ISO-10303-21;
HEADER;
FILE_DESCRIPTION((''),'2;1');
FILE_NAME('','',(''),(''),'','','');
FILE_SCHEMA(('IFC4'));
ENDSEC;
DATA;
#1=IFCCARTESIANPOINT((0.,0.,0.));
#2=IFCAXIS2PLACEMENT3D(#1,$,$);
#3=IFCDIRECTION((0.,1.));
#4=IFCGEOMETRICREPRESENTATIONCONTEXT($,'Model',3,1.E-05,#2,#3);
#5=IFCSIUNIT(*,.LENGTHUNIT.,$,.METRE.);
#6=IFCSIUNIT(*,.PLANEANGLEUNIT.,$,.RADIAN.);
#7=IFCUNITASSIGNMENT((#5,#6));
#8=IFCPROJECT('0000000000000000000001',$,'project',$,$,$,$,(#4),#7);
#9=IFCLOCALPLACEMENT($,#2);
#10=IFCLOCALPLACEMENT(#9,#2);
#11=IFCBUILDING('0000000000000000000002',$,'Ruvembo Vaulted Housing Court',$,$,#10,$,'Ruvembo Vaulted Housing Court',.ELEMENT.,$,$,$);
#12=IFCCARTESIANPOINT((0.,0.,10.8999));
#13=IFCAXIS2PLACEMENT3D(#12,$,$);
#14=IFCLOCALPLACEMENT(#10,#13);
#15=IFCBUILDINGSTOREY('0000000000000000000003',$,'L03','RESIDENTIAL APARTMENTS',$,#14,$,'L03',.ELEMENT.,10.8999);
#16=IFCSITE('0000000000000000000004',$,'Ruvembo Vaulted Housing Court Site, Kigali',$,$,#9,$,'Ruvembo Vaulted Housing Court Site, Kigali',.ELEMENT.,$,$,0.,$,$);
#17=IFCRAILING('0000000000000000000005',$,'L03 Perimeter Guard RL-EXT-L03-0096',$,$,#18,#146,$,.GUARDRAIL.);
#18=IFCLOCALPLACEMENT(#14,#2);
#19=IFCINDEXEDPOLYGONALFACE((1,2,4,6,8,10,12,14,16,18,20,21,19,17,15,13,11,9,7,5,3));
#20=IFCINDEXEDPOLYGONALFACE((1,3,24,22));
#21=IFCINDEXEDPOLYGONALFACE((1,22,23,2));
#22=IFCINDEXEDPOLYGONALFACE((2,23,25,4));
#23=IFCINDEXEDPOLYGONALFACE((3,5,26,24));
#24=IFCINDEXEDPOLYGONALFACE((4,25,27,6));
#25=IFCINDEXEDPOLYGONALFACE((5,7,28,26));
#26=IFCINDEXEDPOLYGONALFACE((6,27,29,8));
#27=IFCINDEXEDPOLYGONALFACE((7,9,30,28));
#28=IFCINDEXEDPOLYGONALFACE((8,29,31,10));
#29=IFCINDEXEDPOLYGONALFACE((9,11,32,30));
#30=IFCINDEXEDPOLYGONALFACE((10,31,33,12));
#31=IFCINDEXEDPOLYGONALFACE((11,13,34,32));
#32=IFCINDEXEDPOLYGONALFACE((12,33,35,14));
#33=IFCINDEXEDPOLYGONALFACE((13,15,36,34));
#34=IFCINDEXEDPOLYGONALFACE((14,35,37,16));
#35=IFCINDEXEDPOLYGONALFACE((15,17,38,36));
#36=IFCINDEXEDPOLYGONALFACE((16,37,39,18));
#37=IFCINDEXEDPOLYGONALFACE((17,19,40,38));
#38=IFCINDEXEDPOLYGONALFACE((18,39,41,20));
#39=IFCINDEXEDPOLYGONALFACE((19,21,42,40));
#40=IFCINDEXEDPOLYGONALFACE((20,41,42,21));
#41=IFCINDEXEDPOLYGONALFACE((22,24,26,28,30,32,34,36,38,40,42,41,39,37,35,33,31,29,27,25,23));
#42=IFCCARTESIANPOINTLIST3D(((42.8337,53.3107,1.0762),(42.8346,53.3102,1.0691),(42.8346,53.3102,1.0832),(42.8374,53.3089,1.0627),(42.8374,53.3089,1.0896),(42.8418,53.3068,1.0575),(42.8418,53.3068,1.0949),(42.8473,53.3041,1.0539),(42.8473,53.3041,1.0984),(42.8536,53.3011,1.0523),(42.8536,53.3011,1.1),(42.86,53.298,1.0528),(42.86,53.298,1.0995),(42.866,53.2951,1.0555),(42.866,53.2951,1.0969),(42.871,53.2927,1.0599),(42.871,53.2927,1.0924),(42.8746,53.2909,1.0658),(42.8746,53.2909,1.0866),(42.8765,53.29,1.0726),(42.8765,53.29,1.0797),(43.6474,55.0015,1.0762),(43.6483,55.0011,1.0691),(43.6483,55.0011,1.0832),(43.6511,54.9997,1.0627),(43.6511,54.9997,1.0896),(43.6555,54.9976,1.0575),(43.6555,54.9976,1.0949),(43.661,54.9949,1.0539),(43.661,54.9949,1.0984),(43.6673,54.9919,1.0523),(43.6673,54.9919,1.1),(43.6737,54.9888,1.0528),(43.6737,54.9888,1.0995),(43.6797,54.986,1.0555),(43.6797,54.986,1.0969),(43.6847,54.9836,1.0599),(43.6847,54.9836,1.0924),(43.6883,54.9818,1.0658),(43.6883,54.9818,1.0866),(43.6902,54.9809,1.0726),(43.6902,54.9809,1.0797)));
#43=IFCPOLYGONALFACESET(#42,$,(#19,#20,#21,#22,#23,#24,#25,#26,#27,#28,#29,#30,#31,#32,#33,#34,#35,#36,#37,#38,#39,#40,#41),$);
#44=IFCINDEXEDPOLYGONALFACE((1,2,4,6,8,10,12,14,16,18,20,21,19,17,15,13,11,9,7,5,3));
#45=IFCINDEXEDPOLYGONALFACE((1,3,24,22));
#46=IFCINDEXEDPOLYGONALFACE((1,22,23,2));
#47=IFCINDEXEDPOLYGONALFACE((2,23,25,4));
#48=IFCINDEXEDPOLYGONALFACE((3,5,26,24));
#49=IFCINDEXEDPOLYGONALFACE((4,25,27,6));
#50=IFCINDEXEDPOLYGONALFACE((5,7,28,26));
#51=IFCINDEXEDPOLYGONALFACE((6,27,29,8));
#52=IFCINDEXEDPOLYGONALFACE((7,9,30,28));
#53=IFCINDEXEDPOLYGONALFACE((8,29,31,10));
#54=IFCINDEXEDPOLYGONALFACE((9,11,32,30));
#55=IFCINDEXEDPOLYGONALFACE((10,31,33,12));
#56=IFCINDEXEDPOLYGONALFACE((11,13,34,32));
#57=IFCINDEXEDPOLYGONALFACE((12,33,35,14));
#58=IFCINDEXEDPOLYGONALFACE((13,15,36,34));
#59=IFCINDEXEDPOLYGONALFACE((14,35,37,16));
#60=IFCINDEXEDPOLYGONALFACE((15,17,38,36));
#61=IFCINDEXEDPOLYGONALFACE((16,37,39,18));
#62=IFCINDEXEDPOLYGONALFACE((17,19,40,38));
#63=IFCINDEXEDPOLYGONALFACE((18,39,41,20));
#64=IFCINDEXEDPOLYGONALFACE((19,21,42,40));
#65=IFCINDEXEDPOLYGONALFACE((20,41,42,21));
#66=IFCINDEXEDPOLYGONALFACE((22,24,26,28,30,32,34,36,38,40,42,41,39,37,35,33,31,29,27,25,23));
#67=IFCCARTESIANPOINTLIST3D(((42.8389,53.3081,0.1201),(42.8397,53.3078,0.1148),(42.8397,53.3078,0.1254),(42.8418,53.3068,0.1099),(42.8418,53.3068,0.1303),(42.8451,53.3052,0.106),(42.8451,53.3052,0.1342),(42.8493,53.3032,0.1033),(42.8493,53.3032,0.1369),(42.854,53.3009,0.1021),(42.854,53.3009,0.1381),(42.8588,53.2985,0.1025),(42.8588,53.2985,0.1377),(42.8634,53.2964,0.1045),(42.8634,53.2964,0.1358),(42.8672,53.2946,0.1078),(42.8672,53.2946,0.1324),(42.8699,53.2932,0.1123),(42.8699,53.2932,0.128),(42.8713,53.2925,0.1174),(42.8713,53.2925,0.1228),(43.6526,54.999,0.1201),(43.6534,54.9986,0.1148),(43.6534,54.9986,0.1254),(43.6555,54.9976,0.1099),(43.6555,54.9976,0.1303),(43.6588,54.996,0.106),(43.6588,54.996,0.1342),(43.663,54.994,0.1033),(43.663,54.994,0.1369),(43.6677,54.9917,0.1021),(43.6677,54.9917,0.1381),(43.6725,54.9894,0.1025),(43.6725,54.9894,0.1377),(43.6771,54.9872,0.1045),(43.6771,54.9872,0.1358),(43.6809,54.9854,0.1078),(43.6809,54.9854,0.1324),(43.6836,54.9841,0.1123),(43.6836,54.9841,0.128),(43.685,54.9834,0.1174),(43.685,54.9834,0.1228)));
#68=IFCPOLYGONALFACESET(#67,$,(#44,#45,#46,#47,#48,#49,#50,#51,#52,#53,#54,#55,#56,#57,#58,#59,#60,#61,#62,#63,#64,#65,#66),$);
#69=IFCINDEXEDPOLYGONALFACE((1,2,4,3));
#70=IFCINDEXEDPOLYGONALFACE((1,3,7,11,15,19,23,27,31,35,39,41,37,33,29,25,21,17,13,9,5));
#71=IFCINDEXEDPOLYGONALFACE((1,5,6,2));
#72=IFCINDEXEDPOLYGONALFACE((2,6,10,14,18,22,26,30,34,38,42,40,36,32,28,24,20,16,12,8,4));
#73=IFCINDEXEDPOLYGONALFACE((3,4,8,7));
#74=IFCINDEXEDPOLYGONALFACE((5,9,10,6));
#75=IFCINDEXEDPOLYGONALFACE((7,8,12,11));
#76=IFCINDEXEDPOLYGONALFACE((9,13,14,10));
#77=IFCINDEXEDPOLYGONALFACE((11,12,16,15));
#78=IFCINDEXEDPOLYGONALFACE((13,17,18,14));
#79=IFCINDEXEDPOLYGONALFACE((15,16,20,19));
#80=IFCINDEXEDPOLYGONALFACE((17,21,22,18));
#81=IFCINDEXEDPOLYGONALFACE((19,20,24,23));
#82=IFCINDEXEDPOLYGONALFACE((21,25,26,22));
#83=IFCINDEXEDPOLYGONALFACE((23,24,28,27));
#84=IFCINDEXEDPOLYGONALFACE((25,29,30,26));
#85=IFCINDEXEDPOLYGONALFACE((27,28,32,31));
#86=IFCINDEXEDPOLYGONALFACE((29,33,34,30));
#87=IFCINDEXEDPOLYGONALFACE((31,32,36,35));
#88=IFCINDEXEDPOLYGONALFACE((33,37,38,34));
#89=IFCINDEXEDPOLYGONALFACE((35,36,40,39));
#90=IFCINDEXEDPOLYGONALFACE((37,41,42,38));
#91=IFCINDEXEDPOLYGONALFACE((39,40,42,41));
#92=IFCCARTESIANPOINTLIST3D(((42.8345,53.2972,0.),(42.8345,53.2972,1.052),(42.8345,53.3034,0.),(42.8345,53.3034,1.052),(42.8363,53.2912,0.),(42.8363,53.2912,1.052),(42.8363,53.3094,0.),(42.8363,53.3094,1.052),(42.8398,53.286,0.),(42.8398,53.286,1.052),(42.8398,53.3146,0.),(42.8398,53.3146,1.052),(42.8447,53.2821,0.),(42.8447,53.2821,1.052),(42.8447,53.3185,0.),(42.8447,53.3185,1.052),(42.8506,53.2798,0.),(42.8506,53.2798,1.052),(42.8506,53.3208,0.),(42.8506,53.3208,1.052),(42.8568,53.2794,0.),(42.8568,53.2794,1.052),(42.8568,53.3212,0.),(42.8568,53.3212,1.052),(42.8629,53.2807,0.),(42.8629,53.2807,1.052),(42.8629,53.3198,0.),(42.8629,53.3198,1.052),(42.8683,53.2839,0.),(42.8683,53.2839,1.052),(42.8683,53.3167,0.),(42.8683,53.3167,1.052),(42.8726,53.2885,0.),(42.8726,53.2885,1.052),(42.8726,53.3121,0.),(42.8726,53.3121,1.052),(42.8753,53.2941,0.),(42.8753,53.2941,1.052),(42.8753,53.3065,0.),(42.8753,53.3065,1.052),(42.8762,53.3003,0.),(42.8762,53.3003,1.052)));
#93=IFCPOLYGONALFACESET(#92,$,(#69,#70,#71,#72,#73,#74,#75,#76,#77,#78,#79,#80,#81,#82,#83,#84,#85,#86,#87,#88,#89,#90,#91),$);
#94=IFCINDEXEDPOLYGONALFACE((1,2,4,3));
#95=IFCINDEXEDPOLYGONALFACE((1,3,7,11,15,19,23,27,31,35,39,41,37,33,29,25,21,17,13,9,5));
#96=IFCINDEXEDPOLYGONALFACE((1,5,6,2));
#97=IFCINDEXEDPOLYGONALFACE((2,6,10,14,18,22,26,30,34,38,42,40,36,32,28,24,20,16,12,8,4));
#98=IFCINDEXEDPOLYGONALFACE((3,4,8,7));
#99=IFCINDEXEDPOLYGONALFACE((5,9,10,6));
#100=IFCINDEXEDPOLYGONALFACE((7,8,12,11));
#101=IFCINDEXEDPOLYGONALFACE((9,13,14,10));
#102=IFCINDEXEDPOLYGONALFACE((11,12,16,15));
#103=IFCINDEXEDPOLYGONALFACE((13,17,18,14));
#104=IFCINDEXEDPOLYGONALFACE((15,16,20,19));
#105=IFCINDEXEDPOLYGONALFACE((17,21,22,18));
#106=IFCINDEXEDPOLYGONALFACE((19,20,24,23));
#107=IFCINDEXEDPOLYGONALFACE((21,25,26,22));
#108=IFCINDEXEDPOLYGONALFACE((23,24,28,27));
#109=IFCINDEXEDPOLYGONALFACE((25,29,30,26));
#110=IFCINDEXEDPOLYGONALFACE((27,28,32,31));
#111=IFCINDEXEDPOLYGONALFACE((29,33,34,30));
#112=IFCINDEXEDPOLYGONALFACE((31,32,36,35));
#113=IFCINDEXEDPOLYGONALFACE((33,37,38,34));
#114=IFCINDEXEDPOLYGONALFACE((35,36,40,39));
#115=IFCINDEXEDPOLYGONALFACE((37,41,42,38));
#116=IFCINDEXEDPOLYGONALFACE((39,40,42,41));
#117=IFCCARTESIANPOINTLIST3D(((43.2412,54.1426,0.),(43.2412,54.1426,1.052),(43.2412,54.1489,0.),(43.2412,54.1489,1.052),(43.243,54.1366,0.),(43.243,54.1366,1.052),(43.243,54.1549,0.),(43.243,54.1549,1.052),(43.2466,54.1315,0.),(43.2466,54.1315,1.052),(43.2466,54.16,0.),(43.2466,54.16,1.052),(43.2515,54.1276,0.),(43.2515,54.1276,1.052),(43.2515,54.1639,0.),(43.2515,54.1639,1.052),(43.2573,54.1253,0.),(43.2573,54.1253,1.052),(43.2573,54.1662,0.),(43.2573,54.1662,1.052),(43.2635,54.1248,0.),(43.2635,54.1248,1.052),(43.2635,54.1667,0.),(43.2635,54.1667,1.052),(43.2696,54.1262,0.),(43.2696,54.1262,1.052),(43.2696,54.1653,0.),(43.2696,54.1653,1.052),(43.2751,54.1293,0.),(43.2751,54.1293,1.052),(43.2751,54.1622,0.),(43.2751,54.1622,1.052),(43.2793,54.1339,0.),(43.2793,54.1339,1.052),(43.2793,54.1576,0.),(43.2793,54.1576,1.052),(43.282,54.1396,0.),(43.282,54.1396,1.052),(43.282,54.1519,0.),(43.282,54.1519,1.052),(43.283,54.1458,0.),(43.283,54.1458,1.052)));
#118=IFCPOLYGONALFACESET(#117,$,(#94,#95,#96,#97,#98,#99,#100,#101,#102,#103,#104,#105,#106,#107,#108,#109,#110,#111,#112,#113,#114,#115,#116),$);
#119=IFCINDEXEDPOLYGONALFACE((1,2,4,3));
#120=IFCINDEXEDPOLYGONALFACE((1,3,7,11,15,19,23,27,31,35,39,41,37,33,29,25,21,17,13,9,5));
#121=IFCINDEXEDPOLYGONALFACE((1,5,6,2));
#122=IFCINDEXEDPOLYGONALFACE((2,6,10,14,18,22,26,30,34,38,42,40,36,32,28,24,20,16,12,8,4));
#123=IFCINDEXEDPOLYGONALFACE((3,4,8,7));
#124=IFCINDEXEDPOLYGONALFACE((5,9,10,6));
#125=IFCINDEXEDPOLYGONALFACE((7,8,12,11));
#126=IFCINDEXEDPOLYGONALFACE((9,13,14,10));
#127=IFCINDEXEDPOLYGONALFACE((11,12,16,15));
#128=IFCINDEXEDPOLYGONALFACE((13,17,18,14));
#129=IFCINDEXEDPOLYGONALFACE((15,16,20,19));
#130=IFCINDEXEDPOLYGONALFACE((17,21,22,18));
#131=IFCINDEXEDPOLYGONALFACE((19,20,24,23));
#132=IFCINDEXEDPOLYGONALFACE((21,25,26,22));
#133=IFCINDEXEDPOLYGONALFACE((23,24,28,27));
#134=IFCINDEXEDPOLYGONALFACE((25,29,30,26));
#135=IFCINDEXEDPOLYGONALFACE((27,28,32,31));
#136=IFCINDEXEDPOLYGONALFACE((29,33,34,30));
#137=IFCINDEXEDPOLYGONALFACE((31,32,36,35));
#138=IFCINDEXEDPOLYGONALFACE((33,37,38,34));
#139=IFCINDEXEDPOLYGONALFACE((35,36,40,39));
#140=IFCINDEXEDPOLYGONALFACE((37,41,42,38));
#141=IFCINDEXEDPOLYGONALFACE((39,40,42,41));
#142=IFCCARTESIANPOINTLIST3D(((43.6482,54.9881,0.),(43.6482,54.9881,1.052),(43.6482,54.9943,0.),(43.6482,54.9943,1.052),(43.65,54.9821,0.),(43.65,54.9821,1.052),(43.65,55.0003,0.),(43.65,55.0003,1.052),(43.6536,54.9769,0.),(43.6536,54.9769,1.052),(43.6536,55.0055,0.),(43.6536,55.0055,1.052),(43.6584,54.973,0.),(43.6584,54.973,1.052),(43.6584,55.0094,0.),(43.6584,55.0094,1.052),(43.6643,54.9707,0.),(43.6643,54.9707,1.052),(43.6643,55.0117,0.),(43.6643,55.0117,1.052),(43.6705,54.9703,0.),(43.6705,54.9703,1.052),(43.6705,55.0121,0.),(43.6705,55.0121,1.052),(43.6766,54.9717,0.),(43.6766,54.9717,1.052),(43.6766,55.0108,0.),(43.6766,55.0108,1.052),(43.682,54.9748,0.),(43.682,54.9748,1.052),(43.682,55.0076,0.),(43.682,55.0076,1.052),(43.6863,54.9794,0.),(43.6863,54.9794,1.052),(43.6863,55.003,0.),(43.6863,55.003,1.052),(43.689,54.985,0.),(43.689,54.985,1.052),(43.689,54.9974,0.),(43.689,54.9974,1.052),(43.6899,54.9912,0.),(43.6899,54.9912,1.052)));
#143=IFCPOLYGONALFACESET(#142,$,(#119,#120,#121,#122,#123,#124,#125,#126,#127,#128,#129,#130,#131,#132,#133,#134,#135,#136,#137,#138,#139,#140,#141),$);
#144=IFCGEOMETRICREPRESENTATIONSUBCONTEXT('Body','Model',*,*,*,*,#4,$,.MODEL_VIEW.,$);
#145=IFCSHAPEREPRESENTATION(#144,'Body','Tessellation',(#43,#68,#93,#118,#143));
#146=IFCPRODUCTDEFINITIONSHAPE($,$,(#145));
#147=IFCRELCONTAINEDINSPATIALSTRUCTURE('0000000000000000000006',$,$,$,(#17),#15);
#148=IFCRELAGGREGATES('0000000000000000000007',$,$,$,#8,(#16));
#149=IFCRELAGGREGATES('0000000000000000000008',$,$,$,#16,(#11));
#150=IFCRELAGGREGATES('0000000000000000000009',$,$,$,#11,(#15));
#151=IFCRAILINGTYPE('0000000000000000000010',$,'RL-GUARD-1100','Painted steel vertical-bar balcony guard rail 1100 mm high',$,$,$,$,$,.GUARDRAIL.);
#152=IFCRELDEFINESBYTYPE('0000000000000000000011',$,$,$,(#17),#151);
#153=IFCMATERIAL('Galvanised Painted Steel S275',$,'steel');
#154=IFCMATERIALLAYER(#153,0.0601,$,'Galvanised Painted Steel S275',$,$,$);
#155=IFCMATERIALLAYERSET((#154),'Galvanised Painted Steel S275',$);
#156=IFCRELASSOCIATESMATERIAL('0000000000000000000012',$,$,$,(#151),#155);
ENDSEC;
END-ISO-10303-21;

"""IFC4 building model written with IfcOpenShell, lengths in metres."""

from ifc_helpers import new_model, si_unit, direction, frame, origin, origin_2d, place, context, subcontext, project, spatial, circle, extrude, material, layer, layer_set, type_object, element, save


model = new_model("IFC4")

# Units and contexts
model_context = context("Model", 3, precision=1e-05, world=origin(), true_north=direction((0.0, 1.0)))
body_context = subcontext(model_context, "Body", "Model", "MODEL_VIEW")
ifc_project = project(units=[si_unit("LENGTHUNIT", "METRE"), si_unit("PLANEANGLEUNIT", "RADIAN")], contexts=[model_context])

# Site, building, storey
site_placement = place(None, origin())
site = spatial("IfcSite", under=ifc_project, at=site_placement, Name="Ruvembo Vaulted Housing Court Site, Kigali", LongName="Ruvembo Vaulted Housing Court Site, Kigali", CompositionType="ELEMENT", RefElevation=0.0)
building_placement = place(site_placement, origin())
building = spatial("IfcBuilding", under=site, at=building_placement, Name="Ruvembo Vaulted Housing Court", LongName="Ruvembo Vaulted Housing Court", CompositionType="ELEMENT")
storey_placement = place(building_placement, frame((0.0, 0.0, 10.8999)))
storey = spatial("IfcBuildingStorey", under=building, at=storey_placement, Name="L03", Description="RESIDENTIAL APARTMENTS", LongName="L03", CompositionType="ELEMENT", Elevation=10.8999)

# Railing
ifc_material_1 = material(Name="Galvanised Painted Steel S275", Category="steel")
ifc_layer_1 = layer(ifc_material_1, 0.0601, Name="Galvanised Painted Steel S275")
ifc_layer_set_1 = layer_set([ifc_layer_1], Name="Galvanised Painted Steel S275")
railing_type = type_object("IfcRailingType", Name="RL-GUARD-1100", Description="Painted steel vertical-bar balcony guard rail 1100 mm high", PredefinedType="GUARDRAIL", material=ifc_layer_set_1)
railing_1_placement = place(storey_placement, frame((42.8552, 53.3003, 0.0)))
element("IfcRailing", 1, at=railing_1_placement, inside=storey, type_object=railing_type, Name="L03 Perimeter Guard RL-EXT-L03-0096", PredefinedType="GUARDRAIL", context=body_context, shape_type="SweptSolid", body=[
    extrude(circle(Radius=0.0239, at=origin_2d()), frame((0.0, 0.0, 1.0762), z_axis=(0.433632, 0.90109, 0.0), x_axis=(-0.90109, 0.433632, 0.0)), (0.0, 0.0, 1.0), 1.8765),
    extrude(circle(Radius=0.0181, at=origin_2d()), frame((0.0, 0.0, 0.1201), z_axis=(0.433632, 0.90109, 0.0), x_axis=(-0.90109, 0.433632, 0.0)), (0.0, 0.0, 1.0), 1.8765),
    extrude(circle(Radius=0.021, at=origin_2d()), origin(), (0.0, 0.0, 1.0), 1.052),
    extrude(circle(Radius=0.021, at=origin_2d()), frame((0.4067, 0.8455, 0.0)), (0.0, 0.0, 1.0), 1.052),
    extrude(circle(Radius=0.021, at=origin_2d()), frame((0.8137, 1.6909, 0.0)), (0.0, 0.0, 1.0), 1.052),
])

save(model, "model.ifc")
